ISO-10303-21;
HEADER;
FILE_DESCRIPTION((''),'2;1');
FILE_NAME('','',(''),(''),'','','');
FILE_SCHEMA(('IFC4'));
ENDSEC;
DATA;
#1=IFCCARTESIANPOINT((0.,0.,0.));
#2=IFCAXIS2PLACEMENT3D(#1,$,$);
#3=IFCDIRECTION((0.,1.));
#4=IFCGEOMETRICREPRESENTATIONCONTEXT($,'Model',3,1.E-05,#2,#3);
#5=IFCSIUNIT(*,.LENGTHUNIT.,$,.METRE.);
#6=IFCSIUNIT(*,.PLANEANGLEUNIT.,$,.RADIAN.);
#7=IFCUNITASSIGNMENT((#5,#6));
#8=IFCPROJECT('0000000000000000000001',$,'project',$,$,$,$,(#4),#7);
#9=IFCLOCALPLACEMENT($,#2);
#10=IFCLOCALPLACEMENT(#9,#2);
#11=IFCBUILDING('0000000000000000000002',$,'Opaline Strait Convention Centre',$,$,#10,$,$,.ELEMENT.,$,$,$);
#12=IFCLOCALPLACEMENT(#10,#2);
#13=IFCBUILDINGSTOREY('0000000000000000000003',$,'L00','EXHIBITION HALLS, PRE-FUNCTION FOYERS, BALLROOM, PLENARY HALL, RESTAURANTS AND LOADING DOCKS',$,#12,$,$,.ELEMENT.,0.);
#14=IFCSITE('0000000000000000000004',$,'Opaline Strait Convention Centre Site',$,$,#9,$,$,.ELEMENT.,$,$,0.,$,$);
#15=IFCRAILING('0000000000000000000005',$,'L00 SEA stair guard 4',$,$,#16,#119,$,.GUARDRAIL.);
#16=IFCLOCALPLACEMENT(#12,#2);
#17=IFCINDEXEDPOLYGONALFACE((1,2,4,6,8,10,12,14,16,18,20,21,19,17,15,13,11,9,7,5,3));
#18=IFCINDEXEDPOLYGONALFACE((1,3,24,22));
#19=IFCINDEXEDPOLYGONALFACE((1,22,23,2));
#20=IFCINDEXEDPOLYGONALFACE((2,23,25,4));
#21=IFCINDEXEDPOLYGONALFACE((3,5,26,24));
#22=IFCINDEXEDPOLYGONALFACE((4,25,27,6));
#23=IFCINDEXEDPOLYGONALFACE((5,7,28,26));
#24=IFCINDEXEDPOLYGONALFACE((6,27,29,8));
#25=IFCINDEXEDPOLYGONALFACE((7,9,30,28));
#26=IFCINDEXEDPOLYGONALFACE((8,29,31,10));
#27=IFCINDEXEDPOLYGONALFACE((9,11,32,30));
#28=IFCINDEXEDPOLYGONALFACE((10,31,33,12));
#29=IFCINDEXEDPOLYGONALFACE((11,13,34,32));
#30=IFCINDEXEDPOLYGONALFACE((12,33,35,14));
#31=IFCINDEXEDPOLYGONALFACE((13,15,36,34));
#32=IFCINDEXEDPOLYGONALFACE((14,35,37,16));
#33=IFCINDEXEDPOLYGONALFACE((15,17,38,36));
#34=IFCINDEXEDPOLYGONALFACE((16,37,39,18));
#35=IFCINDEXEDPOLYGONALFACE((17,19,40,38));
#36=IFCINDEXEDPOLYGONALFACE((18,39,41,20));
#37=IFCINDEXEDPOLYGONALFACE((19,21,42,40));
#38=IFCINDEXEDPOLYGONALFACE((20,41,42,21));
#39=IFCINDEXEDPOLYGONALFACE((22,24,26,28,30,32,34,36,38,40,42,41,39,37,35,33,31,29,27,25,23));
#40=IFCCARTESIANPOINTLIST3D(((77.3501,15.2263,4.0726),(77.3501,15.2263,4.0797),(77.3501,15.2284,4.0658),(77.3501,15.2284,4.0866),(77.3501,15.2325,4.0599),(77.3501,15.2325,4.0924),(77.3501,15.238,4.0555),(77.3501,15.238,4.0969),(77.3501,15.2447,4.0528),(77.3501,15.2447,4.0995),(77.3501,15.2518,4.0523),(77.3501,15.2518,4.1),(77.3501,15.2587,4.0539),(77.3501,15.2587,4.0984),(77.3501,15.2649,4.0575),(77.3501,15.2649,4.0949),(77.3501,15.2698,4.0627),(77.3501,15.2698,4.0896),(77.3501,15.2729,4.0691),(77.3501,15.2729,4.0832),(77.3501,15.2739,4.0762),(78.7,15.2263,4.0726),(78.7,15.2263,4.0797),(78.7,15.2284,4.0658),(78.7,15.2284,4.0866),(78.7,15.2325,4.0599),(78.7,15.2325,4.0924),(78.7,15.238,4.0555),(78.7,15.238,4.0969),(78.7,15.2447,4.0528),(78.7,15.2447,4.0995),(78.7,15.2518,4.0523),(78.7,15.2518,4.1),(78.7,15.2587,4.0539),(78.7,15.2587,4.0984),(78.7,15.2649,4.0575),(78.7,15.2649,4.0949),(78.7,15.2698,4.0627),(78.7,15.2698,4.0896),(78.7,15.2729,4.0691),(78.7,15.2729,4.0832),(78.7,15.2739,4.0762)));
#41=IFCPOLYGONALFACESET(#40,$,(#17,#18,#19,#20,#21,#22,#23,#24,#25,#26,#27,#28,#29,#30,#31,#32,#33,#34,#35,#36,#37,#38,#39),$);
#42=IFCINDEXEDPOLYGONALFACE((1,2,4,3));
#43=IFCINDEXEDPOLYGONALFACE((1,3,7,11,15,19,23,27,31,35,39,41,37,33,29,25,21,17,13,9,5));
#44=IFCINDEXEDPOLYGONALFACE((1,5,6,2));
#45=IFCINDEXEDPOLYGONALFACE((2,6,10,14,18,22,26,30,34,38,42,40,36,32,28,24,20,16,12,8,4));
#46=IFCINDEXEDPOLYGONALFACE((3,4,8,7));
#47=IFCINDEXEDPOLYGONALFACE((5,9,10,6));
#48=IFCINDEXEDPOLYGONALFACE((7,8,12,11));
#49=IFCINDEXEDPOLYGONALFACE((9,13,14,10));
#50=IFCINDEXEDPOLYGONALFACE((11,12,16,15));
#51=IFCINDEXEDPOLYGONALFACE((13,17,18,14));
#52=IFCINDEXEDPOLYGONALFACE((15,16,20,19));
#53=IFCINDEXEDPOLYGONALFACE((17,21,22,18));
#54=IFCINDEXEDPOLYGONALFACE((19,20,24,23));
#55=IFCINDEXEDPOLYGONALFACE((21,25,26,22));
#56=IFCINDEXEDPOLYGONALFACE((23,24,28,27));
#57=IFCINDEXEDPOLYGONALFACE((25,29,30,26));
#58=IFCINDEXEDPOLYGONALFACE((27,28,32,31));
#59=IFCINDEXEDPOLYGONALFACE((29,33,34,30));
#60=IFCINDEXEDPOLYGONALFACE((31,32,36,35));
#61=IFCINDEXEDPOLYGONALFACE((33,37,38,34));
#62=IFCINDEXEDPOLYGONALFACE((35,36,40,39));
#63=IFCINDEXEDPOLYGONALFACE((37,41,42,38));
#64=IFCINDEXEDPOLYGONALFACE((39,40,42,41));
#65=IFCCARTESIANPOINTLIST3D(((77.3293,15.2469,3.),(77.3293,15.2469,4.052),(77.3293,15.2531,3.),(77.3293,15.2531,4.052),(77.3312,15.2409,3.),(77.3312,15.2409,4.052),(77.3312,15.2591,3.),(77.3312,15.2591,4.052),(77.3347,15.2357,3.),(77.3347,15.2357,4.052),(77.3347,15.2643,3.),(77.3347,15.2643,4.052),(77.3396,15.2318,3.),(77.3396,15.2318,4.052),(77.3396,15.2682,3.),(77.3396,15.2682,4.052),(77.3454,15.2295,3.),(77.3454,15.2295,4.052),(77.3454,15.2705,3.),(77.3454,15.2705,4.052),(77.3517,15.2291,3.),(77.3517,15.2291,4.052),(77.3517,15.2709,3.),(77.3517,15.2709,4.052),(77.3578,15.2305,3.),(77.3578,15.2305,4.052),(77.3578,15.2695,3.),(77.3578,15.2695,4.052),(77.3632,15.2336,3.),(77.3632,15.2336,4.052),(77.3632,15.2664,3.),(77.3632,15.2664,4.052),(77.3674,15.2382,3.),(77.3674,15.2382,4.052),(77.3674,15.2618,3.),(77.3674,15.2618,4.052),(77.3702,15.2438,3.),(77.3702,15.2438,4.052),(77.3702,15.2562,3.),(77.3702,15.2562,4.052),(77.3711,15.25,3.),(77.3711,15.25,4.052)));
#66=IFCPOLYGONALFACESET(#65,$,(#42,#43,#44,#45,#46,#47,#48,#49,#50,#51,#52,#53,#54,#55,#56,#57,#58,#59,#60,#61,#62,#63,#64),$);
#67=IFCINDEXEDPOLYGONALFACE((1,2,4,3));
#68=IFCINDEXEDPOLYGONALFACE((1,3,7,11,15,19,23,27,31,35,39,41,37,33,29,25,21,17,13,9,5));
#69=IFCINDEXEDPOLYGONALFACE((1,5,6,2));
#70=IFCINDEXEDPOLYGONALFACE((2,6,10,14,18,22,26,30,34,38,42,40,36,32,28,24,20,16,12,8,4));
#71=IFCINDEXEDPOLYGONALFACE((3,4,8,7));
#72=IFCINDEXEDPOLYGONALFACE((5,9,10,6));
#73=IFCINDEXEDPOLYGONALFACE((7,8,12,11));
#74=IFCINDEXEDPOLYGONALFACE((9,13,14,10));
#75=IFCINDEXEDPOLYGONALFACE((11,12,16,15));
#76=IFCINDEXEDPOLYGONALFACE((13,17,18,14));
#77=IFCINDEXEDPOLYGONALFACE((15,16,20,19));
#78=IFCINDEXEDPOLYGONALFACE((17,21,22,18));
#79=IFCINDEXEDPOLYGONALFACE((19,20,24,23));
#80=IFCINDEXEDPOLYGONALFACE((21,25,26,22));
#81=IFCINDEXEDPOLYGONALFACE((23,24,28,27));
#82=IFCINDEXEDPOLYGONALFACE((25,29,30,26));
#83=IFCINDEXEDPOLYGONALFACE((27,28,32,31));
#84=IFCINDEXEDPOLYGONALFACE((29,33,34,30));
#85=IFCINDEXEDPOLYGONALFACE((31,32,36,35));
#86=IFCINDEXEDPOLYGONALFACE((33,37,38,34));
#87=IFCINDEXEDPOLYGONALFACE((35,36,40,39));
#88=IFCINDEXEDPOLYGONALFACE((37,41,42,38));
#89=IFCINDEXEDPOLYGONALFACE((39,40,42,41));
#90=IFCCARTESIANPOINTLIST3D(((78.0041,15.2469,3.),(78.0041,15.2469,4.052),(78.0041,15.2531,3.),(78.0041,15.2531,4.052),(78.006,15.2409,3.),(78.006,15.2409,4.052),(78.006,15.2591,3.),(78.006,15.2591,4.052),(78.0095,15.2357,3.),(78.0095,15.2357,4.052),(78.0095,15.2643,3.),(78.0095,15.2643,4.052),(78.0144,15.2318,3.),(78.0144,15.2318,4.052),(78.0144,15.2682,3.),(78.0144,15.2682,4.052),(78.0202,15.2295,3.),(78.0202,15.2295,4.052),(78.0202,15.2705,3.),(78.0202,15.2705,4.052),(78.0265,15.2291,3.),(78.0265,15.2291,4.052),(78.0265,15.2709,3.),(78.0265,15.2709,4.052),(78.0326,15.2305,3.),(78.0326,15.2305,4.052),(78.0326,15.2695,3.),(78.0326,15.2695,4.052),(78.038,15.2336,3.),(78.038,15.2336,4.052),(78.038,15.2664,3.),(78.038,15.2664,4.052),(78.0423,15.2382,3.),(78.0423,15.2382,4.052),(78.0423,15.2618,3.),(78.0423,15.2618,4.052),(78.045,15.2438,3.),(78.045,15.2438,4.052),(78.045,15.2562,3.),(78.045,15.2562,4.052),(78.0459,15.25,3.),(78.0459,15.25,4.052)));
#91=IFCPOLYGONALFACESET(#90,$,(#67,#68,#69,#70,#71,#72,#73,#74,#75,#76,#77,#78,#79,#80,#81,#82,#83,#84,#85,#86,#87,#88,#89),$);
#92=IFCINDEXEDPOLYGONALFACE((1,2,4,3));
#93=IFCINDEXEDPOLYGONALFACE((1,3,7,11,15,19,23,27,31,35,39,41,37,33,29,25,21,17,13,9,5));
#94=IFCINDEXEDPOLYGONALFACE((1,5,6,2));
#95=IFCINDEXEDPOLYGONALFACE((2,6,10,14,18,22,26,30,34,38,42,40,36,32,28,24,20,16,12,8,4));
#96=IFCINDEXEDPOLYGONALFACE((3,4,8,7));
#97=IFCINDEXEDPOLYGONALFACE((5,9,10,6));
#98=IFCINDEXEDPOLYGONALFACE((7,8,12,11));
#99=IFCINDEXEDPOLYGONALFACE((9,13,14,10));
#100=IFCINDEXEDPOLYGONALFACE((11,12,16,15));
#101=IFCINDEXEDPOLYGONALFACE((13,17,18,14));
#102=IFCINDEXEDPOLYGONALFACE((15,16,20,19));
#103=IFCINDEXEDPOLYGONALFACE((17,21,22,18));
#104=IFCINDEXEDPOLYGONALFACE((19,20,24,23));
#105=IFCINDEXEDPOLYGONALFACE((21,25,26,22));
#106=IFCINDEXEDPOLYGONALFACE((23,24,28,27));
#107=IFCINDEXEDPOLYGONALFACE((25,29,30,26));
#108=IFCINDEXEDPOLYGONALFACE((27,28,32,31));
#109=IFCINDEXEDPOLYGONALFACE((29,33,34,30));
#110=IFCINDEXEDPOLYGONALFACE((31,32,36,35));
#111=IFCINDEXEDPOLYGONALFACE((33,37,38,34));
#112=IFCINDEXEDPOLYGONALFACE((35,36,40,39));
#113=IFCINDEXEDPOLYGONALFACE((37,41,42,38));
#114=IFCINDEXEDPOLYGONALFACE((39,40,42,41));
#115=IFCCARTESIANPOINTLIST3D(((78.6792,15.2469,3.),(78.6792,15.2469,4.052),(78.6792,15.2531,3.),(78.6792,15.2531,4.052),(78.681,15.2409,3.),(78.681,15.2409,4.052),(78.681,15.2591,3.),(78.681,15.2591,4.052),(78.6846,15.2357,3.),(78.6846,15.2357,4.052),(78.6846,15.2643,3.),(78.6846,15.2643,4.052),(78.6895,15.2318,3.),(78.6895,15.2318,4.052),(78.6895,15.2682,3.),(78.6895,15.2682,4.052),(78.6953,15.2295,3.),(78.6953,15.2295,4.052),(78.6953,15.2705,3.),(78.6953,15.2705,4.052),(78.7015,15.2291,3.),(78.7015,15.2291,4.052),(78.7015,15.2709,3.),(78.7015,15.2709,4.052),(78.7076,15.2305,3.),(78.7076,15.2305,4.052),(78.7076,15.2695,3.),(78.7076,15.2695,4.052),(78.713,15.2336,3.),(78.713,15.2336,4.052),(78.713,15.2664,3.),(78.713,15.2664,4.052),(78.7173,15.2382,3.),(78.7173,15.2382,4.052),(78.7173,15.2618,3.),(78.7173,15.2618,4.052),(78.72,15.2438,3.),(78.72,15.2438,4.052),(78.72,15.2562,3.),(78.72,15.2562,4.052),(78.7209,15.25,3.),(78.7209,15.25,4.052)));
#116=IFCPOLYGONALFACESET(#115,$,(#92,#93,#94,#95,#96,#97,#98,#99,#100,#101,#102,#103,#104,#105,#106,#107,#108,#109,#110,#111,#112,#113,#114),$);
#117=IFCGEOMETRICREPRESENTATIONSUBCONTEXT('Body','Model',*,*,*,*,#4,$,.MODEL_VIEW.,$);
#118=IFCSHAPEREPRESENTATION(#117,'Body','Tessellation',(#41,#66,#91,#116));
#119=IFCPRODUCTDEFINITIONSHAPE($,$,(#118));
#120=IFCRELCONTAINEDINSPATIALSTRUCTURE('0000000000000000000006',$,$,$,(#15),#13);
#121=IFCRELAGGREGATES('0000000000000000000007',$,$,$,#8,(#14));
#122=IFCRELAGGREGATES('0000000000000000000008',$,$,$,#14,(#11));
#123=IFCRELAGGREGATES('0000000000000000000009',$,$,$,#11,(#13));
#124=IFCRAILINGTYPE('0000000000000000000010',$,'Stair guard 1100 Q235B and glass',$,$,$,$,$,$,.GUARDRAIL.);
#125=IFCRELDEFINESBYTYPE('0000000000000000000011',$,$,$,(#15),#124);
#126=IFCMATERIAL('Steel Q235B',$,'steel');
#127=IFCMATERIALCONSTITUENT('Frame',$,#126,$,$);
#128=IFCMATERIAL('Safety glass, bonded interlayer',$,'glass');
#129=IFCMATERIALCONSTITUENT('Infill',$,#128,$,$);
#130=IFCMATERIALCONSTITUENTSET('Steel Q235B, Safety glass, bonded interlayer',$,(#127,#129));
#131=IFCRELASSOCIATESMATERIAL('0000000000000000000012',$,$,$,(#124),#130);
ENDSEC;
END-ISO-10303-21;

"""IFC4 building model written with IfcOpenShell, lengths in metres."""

from ifc_helpers import new_model, si_unit, direction, frame, origin, origin_2d, place, context, subcontext, project, spatial, circle, extrude, material, constituent, constituent_set, type_object, element, save


model = new_model("IFC4")

# Units and contexts
model_context = context("Model", 3, precision=1e-05, world=origin(), true_north=direction((0.0, 1.0)))
body_context = subcontext(model_context, "Body", "Model", "MODEL_VIEW")
ifc_project = project(units=[si_unit("LENGTHUNIT", "METRE"), si_unit("PLANEANGLEUNIT", "RADIAN")], contexts=[model_context])

# Site, building, storey
site_placement = place(None, origin())
site = spatial("IfcSite", under=ifc_project, at=site_placement, Name="Opaline Strait Convention Centre Site", CompositionType="ELEMENT", RefElevation=0.0)
building_placement = place(site_placement, origin())
building = spatial("IfcBuilding", under=site, at=building_placement, Name="Opaline Strait Convention Centre", CompositionType="ELEMENT")
storey_placement = place(building_placement, origin())
storey = spatial("IfcBuildingStorey", under=building, at=storey_placement, Name="L00", Description="EXHIBITION HALLS, PRE-FUNCTION FOYERS, BALLROOM, PLENARY HALL, RESTAURANTS AND LOADING DOCKS", CompositionType="ELEMENT", Elevation=0.0)

# Railing
ifc_material_1 = material(Name="Steel Q235B", Category="steel")
ifc_constituent_1 = constituent(ifc_material_1, Name="Frame")
ifc_material_2 = material(Name="Safety glass, bonded interlayer", Category="glass")
ifc_constituent_2 = constituent(ifc_material_2, Name="Infill")
ifc_constituent_set = constituent_set(constituents=[ifc_constituent_1, ifc_constituent_2], Name="Steel Q235B, Safety glass, bonded interlayer")
railing_type_1 = type_object("IfcRailingType", Name="Stair guard 1100 Q235B and glass", PredefinedType="GUARDRAIL", material=ifc_constituent_set)
railing_1_placement = place(storey_placement, frame((77.3501, 15.25, 3.0)))
element("IfcRailing", 1, at=railing_1_placement, inside=storey, type_object=railing_type_1, Name="L00 SEA stair guard 4", PredefinedType="GUARDRAIL", context=body_context, shape_type="SweptSolid", body=[
    extrude(circle(Radius=0.0239, at=origin_2d()), frame((0.0, 0.0, 1.0762), z_axis=(1.0, 0.0, 0.0), x_axis=(0.0, 1.0, 0.0)), (0.0, 0.0, 1.0), 1.3499),
    extrude(circle(Radius=0.021, at=origin_2d()), origin(), (0.0, 0.0, 1.0), 1.052),
    extrude(circle(Radius=0.021, at=origin_2d()), frame((0.6748, 0.0, 0.0)), (0.0, 0.0, 1.0), 1.052),
    extrude(circle(Radius=0.021, at=origin_2d()), frame((1.3499, 0.0, 0.0)), (0.0, 0.0, 1.0), 1.052),
])

save(model, "model.ifc")
